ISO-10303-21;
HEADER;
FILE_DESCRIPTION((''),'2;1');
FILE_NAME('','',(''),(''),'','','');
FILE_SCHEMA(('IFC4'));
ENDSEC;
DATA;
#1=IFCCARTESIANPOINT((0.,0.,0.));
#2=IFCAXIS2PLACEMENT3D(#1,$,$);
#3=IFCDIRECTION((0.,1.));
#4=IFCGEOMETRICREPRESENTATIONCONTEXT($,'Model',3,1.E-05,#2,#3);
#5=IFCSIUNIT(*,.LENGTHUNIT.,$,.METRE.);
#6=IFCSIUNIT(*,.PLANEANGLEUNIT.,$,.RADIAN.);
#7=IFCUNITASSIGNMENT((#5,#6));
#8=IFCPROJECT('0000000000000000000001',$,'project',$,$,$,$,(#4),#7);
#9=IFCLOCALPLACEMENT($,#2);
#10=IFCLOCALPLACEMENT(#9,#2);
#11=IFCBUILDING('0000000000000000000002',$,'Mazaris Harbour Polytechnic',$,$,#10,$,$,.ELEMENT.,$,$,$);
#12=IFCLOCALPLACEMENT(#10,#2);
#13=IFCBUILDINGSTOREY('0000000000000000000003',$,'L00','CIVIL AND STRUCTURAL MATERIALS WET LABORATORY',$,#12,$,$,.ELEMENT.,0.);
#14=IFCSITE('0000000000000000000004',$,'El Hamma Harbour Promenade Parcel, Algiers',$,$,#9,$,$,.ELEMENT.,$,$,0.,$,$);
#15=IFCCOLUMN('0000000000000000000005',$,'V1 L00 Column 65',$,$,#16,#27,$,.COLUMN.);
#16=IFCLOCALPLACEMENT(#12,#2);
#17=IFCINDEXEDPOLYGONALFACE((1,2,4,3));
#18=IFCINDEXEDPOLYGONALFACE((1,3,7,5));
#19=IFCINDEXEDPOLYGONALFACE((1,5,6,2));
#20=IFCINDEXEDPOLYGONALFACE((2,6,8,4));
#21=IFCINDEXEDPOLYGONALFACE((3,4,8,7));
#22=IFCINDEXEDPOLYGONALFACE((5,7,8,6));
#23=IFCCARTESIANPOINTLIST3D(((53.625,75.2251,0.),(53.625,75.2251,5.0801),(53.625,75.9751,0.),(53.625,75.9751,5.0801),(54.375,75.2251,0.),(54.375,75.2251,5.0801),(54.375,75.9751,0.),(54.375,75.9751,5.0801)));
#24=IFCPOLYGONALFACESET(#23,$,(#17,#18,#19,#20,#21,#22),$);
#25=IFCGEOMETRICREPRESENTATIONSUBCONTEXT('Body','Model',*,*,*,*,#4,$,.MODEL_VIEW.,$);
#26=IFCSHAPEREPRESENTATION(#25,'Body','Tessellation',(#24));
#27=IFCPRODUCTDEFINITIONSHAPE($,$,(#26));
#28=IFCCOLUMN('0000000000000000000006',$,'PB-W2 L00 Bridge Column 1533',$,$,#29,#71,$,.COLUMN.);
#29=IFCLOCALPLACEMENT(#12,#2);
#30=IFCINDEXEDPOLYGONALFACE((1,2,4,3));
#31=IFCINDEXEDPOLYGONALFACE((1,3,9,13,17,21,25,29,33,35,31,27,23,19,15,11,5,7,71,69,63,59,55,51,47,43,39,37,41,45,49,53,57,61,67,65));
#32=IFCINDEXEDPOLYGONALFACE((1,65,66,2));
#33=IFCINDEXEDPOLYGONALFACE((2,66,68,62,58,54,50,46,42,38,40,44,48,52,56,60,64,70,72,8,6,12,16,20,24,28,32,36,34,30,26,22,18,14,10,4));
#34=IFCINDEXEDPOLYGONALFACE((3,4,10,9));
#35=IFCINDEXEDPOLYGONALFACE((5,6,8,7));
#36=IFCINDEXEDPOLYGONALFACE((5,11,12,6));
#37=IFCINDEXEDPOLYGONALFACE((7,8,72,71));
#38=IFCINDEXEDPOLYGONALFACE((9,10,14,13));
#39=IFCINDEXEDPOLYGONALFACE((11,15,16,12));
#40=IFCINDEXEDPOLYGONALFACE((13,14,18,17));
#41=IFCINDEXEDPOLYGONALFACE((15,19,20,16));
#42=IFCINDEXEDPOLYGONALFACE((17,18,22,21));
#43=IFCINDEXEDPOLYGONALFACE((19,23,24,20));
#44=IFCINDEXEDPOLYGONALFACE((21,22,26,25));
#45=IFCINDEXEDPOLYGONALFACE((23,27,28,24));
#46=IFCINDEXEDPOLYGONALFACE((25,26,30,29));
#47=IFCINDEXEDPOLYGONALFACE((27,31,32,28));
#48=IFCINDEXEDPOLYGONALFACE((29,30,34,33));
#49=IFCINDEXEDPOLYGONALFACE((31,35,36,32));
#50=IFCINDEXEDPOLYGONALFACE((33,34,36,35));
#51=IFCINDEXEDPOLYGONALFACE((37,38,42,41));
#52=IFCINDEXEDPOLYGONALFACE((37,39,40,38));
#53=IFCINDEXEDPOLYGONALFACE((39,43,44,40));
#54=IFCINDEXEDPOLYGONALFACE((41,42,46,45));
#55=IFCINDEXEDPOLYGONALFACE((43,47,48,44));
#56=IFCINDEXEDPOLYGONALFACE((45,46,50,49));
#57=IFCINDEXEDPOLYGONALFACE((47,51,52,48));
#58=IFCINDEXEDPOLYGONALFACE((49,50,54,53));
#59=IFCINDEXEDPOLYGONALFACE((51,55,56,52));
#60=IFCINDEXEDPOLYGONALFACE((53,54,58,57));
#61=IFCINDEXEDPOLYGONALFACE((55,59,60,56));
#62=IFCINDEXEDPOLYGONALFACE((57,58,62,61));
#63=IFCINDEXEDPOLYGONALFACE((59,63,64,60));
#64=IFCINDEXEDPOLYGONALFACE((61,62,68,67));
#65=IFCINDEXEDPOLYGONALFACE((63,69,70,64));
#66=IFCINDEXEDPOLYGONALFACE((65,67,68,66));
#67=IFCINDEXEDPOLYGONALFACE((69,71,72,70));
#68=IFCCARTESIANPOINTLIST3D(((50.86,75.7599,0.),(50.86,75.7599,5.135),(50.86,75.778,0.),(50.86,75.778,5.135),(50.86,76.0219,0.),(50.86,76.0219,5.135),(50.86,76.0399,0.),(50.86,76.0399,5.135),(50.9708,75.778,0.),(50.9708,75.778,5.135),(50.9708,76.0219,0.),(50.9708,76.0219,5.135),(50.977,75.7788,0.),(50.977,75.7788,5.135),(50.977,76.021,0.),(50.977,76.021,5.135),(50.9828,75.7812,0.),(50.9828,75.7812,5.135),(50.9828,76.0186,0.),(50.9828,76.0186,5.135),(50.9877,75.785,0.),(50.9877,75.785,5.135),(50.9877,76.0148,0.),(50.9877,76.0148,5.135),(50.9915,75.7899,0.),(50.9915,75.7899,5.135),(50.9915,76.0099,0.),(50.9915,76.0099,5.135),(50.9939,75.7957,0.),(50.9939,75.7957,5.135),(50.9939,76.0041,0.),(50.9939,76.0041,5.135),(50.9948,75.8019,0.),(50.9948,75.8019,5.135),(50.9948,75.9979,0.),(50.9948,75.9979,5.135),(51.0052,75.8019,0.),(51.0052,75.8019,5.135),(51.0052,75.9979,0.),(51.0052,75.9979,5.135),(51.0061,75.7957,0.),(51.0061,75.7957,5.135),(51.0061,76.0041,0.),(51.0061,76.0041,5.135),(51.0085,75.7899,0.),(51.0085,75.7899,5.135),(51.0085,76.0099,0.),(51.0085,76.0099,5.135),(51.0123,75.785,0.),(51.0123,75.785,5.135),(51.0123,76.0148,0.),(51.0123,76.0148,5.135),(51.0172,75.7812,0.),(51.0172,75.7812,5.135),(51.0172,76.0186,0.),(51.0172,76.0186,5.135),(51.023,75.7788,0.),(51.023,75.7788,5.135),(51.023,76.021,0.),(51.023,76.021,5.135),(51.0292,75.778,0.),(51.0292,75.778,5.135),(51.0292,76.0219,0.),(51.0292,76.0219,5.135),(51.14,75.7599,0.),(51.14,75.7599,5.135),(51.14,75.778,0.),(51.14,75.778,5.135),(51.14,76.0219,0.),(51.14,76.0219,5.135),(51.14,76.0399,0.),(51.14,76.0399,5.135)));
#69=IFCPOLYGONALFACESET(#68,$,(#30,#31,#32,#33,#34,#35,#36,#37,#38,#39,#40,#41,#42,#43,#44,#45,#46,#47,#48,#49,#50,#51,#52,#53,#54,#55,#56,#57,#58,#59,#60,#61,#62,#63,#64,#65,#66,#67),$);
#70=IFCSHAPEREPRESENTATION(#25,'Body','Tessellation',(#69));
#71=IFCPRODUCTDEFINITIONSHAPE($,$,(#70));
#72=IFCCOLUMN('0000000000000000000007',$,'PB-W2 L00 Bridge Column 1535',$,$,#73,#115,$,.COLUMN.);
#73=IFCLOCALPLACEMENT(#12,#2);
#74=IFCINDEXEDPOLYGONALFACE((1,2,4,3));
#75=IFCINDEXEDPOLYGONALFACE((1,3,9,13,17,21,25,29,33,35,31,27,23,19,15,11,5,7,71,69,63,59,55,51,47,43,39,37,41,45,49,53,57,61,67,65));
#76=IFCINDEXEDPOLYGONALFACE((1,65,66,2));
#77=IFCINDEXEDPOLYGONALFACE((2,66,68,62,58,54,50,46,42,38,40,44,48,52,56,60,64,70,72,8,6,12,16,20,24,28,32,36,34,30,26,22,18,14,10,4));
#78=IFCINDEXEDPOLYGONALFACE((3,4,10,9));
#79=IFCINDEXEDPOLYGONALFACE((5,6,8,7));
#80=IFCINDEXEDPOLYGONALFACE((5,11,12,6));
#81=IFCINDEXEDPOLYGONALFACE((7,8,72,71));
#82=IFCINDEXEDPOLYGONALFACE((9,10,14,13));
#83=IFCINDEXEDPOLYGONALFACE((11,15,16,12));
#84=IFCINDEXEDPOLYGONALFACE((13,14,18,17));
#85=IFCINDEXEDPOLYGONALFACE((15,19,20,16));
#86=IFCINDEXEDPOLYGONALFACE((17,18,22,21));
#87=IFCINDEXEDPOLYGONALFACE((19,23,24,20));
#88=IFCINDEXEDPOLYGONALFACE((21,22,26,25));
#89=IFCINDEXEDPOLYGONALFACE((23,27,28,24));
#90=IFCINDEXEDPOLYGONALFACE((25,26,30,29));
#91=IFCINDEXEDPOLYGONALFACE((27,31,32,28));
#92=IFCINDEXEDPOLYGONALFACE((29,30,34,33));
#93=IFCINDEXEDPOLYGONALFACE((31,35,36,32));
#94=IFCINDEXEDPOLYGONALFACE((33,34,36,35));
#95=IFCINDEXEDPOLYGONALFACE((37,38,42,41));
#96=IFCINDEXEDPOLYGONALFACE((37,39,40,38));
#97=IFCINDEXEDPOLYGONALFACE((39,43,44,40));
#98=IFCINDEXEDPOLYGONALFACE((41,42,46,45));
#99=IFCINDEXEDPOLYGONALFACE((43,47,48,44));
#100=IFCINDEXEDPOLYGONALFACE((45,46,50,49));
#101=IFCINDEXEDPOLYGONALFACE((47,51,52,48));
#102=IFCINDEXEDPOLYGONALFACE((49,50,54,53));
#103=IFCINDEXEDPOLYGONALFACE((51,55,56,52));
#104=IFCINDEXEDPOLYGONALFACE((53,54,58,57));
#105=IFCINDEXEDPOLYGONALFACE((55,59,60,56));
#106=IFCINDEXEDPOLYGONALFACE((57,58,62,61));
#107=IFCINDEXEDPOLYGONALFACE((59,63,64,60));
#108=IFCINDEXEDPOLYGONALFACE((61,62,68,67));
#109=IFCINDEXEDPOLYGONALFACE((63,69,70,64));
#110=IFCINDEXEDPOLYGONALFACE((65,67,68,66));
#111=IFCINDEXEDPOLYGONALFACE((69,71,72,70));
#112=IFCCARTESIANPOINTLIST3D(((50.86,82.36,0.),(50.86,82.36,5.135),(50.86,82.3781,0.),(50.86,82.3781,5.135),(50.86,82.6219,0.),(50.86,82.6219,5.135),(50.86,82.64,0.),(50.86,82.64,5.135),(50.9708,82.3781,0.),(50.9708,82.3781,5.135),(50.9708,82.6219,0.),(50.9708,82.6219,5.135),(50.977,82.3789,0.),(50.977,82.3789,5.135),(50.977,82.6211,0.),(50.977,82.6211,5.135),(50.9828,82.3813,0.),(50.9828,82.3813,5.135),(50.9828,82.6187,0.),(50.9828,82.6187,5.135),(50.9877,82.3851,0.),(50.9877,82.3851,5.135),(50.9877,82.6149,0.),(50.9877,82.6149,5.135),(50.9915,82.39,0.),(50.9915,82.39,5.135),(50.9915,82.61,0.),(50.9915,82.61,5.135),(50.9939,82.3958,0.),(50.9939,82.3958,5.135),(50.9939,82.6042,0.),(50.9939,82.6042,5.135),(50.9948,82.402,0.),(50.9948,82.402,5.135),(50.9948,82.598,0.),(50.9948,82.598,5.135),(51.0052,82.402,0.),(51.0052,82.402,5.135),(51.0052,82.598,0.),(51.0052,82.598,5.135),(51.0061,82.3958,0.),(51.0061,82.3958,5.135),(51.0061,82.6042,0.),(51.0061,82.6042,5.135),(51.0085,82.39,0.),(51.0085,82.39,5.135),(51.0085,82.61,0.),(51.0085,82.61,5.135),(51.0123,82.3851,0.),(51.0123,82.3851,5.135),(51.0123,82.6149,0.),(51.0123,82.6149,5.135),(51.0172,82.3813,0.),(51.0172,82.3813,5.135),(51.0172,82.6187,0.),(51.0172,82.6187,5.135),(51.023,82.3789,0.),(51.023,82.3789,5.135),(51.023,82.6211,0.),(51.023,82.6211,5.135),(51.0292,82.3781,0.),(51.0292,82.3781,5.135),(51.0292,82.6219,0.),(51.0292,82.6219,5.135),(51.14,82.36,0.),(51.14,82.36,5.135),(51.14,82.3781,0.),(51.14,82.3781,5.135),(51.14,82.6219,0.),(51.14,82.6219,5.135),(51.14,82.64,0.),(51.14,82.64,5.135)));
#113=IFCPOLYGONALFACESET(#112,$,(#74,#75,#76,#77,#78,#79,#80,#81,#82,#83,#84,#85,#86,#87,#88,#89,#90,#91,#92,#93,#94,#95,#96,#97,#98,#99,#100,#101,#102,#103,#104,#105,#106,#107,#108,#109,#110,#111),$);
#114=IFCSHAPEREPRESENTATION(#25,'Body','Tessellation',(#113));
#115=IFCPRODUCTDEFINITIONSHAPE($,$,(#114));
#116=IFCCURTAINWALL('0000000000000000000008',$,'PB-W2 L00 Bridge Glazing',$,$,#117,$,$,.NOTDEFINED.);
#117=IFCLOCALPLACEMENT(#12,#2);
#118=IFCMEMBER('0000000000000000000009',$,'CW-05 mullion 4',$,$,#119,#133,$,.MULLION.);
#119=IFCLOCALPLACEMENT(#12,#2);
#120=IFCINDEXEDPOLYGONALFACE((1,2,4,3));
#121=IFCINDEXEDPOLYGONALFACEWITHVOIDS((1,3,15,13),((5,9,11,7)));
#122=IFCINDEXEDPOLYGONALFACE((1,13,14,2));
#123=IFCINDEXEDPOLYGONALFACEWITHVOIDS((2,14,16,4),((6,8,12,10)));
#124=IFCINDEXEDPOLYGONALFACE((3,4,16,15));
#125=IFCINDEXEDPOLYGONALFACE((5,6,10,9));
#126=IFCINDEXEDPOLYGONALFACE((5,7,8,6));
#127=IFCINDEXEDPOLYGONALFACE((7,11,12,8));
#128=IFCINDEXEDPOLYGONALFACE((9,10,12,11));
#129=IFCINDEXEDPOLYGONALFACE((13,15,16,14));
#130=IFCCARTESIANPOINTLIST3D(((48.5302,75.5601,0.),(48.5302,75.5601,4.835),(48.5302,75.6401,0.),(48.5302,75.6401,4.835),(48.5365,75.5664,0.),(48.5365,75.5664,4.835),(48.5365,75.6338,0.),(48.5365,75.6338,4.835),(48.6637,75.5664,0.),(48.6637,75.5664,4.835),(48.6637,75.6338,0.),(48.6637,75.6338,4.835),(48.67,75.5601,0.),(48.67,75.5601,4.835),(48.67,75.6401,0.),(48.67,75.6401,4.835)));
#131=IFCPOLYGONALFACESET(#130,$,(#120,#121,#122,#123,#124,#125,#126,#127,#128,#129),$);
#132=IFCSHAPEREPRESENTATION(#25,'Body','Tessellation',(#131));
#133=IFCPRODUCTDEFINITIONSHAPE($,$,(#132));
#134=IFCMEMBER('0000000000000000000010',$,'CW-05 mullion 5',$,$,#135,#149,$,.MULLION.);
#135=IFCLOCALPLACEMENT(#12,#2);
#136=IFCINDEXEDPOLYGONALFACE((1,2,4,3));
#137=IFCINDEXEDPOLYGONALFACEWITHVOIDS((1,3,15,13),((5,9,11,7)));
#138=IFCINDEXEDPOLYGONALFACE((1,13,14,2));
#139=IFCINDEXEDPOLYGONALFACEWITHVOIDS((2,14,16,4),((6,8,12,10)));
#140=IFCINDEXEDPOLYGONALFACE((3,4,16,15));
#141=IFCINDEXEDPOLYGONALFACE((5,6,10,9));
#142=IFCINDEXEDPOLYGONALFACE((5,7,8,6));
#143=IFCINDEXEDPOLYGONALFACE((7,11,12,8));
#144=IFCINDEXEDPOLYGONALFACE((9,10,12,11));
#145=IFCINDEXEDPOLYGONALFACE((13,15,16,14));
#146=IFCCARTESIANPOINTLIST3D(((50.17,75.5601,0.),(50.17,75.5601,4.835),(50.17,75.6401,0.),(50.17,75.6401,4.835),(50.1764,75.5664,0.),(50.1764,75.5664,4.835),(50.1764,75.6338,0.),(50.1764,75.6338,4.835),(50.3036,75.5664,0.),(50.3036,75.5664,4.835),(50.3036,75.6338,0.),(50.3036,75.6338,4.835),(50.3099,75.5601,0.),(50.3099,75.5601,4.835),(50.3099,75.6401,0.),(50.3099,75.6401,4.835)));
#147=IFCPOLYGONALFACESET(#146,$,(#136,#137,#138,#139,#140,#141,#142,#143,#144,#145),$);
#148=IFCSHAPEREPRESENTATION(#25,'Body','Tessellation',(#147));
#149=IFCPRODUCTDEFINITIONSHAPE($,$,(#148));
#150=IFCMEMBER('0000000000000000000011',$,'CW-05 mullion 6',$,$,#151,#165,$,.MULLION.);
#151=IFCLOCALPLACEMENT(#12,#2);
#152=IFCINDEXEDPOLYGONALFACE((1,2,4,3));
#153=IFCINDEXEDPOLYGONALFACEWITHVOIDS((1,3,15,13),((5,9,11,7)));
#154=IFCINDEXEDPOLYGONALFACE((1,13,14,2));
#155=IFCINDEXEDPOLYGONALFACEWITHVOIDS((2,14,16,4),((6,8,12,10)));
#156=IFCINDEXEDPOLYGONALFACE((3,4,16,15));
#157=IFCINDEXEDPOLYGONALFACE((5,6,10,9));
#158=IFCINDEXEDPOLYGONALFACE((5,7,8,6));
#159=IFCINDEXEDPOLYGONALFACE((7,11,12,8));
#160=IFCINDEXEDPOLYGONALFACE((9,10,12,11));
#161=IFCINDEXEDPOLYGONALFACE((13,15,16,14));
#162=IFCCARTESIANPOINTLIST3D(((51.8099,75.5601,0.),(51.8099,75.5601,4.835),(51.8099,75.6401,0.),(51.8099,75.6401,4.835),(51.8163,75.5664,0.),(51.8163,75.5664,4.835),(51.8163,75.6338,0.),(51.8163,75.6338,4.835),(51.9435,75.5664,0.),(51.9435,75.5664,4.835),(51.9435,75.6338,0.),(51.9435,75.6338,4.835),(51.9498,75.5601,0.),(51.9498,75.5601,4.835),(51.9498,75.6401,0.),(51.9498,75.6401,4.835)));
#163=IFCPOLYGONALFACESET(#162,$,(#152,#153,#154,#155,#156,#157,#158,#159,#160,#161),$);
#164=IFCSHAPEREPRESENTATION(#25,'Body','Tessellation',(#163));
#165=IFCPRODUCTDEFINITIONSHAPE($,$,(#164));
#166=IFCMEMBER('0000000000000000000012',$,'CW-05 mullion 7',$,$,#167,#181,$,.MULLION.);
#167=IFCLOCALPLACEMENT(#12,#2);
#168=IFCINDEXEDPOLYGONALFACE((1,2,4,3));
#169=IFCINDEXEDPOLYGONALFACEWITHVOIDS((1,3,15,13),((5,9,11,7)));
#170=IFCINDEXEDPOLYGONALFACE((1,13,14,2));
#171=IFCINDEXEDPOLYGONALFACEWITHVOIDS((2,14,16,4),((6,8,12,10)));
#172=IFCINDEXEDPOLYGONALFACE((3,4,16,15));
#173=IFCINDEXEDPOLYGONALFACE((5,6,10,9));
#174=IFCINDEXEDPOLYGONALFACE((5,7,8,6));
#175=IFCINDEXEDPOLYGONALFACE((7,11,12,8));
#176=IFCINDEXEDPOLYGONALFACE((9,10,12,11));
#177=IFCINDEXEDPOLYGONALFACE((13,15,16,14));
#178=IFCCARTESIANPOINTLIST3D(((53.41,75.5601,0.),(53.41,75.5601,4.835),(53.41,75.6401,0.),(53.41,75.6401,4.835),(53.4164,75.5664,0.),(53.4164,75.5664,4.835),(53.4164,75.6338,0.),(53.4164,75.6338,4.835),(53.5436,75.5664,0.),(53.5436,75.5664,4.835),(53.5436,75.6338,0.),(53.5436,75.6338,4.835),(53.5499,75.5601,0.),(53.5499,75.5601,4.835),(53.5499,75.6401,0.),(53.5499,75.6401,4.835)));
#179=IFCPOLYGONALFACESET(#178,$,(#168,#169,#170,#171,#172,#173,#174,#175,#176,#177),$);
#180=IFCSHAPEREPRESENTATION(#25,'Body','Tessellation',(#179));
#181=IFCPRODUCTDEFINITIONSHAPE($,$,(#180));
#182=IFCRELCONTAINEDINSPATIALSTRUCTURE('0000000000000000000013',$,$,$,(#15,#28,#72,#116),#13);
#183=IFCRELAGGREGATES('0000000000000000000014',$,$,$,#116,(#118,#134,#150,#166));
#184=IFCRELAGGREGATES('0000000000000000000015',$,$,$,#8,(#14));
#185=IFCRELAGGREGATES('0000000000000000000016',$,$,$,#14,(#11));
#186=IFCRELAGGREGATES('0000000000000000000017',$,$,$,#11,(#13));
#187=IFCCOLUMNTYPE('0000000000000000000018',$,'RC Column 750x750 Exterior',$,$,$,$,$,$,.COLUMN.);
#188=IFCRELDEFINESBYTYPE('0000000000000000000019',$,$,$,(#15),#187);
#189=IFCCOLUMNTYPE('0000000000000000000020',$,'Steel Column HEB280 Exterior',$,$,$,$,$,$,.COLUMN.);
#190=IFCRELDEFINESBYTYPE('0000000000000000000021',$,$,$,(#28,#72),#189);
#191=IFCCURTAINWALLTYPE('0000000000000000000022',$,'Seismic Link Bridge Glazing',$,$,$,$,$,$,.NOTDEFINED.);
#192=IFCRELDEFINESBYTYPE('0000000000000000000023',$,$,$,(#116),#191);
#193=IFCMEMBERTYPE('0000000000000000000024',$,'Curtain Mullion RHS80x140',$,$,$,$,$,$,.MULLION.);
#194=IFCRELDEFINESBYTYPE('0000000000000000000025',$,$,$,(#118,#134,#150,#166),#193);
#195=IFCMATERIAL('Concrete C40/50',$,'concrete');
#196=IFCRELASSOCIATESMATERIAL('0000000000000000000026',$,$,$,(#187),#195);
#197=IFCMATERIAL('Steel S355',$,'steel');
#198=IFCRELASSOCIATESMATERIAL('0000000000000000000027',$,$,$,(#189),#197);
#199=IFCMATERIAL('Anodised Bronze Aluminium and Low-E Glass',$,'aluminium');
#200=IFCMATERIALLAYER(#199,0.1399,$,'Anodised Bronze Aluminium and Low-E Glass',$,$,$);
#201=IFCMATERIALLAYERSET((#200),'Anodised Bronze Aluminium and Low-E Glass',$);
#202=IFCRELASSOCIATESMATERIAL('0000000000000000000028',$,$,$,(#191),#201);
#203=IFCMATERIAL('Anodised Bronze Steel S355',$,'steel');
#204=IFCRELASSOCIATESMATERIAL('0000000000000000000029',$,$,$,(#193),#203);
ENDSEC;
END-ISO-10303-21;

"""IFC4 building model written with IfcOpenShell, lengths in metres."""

from ifc_helpers import new_model, si_unit, direction, frame, origin, origin_2d, place, context, subcontext, project, spatial, rectangle, hollow_rectangle, i_section, extrude, material, layer, layer_set, material_profile, profile_set, type_object, element, aggregate, save


model = new_model("IFC4")

# Units and contexts
model_context = context("Model", 3, precision=1e-05, world=origin(), true_north=direction((0.0, 1.0)))
body_context = subcontext(model_context, "Body", "Model", "MODEL_VIEW")
ifc_project = project(units=[si_unit("LENGTHUNIT", "METRE"), si_unit("PLANEANGLEUNIT", "RADIAN")], contexts=[model_context])

# Site, building, storey
site_placement = place(None, origin())
site = spatial("IfcSite", under=ifc_project, at=site_placement, Name="El Hamma Harbour Promenade Parcel, Algiers", CompositionType="ELEMENT", RefElevation=0.0)
building_placement = place(site_placement, origin())
building = spatial("IfcBuilding", under=site, at=building_placement, Name="Mazaris Harbour Polytechnic", CompositionType="ELEMENT")
storey_placement = place(building_placement, origin())
storey = spatial("IfcBuildingStorey", under=building, at=storey_placement, Name="L00", Description="CIVIL AND STRUCTURAL MATERIALS WET LABORATORY", CompositionType="ELEMENT", Elevation=0.0)

# Columns
ifc_material_1 = material(Name="Concrete C40/50", Category="concrete")
ifc_material_profile_1 = material_profile(ifc_material_1, rectangle(XDim=0.75, YDim=0.75, at=origin_2d()), Name="RECT750x750")
ifc_profile_set_1 = profile_set([ifc_material_profile_1], Name="Concrete C40/50")
column_type_1 = type_object("IfcColumnType", Name="RC Column 750x750 Exterior", PredefinedType="COLUMN", material=ifc_profile_set_1)
column_placement = place(storey_placement, frame((54.0, 75.6001, 0.0), z_axis=(0.0, 0.0, 1.0), x_axis=(1.0, 0.0, 0.0)))
element("IfcColumn", 1, at=column_placement, inside=storey, type_object=column_type_1, Name="V1 L00 Column 65", PredefinedType="COLUMN", context=body_context, shape_type="SweptSolid", body=[
    extrude(rectangle(XDim=0.75, YDim=0.75, at=origin_2d()), origin(), (0.0, 0.0, 1.0), 5.0801),
])
ifc_material_2 = material(Name="Steel S355", Category="steel")
ifc_material_profile_2 = material_profile(ifc_material_2, i_section(OverallWidth=0.28, OverallDepth=0.28, WebThickness=0.0105, FlangeThickness=0.0181, FilletRadius=0.0239, at=origin_2d()), Name="HEB 280")
ifc_profile_set_2 = profile_set([ifc_material_profile_2], Name="Steel S355")
column_type_2 = type_object("IfcColumnType", Name="Steel Column HEB280 Exterior", PredefinedType="COLUMN", material=ifc_profile_set_2)
for number, where, z_axis, x_axis, name in (
    (2, (51.0, 75.8999, 0.0), (0.0, 0.0, 1.0), (1.0, 0.0, 0.0), "PB-W2 L00 Bridge Column 1533"),
    (3, (51.0, 82.5, 0.0), (0.0, 0.0, 1.0), (1.0, 0.0, 0.0), "PB-W2 L00 Bridge Column 1535"),
):
    element("IfcColumn", number, at=place(storey_placement, frame(where, z_axis=z_axis, x_axis=x_axis)), inside=storey, type_object=column_type_2, Name=name, PredefinedType="COLUMN", context=body_context, shape_type="SweptSolid", body=[
        extrude(i_section(OverallWidth=0.28, OverallDepth=0.28, WebThickness=0.0105, FlangeThickness=0.0181, FilletRadius=0.0239, at=origin_2d()), origin(), (0.0, 0.0, 1.0), 5.135),
    ])

# Curtain wall, members
ifc_material_3 = material(Name="Anodised Bronze Aluminium and Low-E Glass", Category="aluminium")
ifc_layer_1 = layer(ifc_material_3, 0.1399, Name="Anodised Bronze Aluminium and Low-E Glass")
ifc_layer_set_1 = layer_set([ifc_layer_1], Name="Anodised Bronze Aluminium and Low-E Glass")
curtain_wall_type = type_object("IfcCurtainWallType", Name="Seismic Link Bridge Glazing", PredefinedType="NOTDEFINED", material=ifc_layer_set_1)
curtain_wall_placement = place(storey_placement, origin())
curtain_wall = element("IfcCurtainWall", 4, at=curtain_wall_placement, inside=storey, type_object=curtain_wall_type, Name="PB-W2 L00 Bridge Glazing", PredefinedType="NOTDEFINED")
ifc_material_4 = material(Name="Anodised Bronze Steel S355", Category="steel")
ifc_material_profile_3 = material_profile(ifc_material_4, hollow_rectangle(XDim=0.0801, YDim=0.1399, WallThickness=0.0063, at=origin_2d()), Name="RHS 80x140x6.3")
ifc_profile_set_3 = profile_set([ifc_material_profile_3], Name="Anodised Bronze Steel S355")
member_type_1 = type_object("IfcMemberType", Name="Curtain Mullion RHS80x140", PredefinedType="MULLION", material=ifc_profile_set_3)
member_1_placement = place(storey_placement, frame((48.6001, 75.6001, 0.0), z_axis=(0.0, 0.0, 1.0), x_axis=(0.0, 1.0, 0.0)))
member_1 = element("IfcMember", 5, at=member_1_placement, type_object=member_type_1, Name="CW-05 mullion 4", PredefinedType="MULLION", context=body_context, shape_type="SweptSolid", body=[
    extrude(hollow_rectangle(XDim=0.0801, YDim=0.1399, WallThickness=0.0063, at=origin_2d()), origin(), (0.0, 0.0, 1.0), 4.835),
])
member_2_placement = place(storey_placement, frame((50.24, 75.6001, 0.0), z_axis=(0.0, 0.0, 1.0), x_axis=(0.0, 1.0, 0.0)))
member_2 = element("IfcMember", 6, at=member_2_placement, type_object=member_type_1, Name="CW-05 mullion 5", PredefinedType="MULLION", context=body_context, shape_type="SweptSolid", body=[
    extrude(hollow_rectangle(XDim=0.0801, YDim=0.1399, WallThickness=0.0063, at=origin_2d()), origin(), (0.0, 0.0, 1.0), 4.835),
])
member_3_placement = place(storey_placement, frame((51.8799, 75.6001, 0.0), z_axis=(0.0, 0.0, 1.0), x_axis=(0.0, 1.0, 0.0)))
member_3 = element("IfcMember", 7, at=member_3_placement, type_object=member_type_1, Name="CW-05 mullion 6", PredefinedType="MULLION", context=body_context, shape_type="SweptSolid", body=[
    extrude(hollow_rectangle(XDim=0.0801, YDim=0.1399, WallThickness=0.0063, at=origin_2d()), origin(), (0.0, 0.0, 1.0), 4.835),
])
member_4_placement = place(storey_placement, frame((53.48, 75.6001, 0.0), z_axis=(0.0, 0.0, 1.0), x_axis=(0.0, 1.0, 0.0)))
member_4 = element("IfcMember", 8, at=member_4_placement, type_object=member_type_1, Name="CW-05 mullion 7", PredefinedType="MULLION", context=body_context, shape_type="SweptSolid", body=[
    extrude(hollow_rectangle(XDim=0.0801, YDim=0.1399, WallThickness=0.0063, at=origin_2d()), origin(), (0.0, 0.0, 1.0), 4.835),
])

aggregate(curtain_wall, [member_1, member_2, member_3, member_4])

save(model, "model.ifc")
